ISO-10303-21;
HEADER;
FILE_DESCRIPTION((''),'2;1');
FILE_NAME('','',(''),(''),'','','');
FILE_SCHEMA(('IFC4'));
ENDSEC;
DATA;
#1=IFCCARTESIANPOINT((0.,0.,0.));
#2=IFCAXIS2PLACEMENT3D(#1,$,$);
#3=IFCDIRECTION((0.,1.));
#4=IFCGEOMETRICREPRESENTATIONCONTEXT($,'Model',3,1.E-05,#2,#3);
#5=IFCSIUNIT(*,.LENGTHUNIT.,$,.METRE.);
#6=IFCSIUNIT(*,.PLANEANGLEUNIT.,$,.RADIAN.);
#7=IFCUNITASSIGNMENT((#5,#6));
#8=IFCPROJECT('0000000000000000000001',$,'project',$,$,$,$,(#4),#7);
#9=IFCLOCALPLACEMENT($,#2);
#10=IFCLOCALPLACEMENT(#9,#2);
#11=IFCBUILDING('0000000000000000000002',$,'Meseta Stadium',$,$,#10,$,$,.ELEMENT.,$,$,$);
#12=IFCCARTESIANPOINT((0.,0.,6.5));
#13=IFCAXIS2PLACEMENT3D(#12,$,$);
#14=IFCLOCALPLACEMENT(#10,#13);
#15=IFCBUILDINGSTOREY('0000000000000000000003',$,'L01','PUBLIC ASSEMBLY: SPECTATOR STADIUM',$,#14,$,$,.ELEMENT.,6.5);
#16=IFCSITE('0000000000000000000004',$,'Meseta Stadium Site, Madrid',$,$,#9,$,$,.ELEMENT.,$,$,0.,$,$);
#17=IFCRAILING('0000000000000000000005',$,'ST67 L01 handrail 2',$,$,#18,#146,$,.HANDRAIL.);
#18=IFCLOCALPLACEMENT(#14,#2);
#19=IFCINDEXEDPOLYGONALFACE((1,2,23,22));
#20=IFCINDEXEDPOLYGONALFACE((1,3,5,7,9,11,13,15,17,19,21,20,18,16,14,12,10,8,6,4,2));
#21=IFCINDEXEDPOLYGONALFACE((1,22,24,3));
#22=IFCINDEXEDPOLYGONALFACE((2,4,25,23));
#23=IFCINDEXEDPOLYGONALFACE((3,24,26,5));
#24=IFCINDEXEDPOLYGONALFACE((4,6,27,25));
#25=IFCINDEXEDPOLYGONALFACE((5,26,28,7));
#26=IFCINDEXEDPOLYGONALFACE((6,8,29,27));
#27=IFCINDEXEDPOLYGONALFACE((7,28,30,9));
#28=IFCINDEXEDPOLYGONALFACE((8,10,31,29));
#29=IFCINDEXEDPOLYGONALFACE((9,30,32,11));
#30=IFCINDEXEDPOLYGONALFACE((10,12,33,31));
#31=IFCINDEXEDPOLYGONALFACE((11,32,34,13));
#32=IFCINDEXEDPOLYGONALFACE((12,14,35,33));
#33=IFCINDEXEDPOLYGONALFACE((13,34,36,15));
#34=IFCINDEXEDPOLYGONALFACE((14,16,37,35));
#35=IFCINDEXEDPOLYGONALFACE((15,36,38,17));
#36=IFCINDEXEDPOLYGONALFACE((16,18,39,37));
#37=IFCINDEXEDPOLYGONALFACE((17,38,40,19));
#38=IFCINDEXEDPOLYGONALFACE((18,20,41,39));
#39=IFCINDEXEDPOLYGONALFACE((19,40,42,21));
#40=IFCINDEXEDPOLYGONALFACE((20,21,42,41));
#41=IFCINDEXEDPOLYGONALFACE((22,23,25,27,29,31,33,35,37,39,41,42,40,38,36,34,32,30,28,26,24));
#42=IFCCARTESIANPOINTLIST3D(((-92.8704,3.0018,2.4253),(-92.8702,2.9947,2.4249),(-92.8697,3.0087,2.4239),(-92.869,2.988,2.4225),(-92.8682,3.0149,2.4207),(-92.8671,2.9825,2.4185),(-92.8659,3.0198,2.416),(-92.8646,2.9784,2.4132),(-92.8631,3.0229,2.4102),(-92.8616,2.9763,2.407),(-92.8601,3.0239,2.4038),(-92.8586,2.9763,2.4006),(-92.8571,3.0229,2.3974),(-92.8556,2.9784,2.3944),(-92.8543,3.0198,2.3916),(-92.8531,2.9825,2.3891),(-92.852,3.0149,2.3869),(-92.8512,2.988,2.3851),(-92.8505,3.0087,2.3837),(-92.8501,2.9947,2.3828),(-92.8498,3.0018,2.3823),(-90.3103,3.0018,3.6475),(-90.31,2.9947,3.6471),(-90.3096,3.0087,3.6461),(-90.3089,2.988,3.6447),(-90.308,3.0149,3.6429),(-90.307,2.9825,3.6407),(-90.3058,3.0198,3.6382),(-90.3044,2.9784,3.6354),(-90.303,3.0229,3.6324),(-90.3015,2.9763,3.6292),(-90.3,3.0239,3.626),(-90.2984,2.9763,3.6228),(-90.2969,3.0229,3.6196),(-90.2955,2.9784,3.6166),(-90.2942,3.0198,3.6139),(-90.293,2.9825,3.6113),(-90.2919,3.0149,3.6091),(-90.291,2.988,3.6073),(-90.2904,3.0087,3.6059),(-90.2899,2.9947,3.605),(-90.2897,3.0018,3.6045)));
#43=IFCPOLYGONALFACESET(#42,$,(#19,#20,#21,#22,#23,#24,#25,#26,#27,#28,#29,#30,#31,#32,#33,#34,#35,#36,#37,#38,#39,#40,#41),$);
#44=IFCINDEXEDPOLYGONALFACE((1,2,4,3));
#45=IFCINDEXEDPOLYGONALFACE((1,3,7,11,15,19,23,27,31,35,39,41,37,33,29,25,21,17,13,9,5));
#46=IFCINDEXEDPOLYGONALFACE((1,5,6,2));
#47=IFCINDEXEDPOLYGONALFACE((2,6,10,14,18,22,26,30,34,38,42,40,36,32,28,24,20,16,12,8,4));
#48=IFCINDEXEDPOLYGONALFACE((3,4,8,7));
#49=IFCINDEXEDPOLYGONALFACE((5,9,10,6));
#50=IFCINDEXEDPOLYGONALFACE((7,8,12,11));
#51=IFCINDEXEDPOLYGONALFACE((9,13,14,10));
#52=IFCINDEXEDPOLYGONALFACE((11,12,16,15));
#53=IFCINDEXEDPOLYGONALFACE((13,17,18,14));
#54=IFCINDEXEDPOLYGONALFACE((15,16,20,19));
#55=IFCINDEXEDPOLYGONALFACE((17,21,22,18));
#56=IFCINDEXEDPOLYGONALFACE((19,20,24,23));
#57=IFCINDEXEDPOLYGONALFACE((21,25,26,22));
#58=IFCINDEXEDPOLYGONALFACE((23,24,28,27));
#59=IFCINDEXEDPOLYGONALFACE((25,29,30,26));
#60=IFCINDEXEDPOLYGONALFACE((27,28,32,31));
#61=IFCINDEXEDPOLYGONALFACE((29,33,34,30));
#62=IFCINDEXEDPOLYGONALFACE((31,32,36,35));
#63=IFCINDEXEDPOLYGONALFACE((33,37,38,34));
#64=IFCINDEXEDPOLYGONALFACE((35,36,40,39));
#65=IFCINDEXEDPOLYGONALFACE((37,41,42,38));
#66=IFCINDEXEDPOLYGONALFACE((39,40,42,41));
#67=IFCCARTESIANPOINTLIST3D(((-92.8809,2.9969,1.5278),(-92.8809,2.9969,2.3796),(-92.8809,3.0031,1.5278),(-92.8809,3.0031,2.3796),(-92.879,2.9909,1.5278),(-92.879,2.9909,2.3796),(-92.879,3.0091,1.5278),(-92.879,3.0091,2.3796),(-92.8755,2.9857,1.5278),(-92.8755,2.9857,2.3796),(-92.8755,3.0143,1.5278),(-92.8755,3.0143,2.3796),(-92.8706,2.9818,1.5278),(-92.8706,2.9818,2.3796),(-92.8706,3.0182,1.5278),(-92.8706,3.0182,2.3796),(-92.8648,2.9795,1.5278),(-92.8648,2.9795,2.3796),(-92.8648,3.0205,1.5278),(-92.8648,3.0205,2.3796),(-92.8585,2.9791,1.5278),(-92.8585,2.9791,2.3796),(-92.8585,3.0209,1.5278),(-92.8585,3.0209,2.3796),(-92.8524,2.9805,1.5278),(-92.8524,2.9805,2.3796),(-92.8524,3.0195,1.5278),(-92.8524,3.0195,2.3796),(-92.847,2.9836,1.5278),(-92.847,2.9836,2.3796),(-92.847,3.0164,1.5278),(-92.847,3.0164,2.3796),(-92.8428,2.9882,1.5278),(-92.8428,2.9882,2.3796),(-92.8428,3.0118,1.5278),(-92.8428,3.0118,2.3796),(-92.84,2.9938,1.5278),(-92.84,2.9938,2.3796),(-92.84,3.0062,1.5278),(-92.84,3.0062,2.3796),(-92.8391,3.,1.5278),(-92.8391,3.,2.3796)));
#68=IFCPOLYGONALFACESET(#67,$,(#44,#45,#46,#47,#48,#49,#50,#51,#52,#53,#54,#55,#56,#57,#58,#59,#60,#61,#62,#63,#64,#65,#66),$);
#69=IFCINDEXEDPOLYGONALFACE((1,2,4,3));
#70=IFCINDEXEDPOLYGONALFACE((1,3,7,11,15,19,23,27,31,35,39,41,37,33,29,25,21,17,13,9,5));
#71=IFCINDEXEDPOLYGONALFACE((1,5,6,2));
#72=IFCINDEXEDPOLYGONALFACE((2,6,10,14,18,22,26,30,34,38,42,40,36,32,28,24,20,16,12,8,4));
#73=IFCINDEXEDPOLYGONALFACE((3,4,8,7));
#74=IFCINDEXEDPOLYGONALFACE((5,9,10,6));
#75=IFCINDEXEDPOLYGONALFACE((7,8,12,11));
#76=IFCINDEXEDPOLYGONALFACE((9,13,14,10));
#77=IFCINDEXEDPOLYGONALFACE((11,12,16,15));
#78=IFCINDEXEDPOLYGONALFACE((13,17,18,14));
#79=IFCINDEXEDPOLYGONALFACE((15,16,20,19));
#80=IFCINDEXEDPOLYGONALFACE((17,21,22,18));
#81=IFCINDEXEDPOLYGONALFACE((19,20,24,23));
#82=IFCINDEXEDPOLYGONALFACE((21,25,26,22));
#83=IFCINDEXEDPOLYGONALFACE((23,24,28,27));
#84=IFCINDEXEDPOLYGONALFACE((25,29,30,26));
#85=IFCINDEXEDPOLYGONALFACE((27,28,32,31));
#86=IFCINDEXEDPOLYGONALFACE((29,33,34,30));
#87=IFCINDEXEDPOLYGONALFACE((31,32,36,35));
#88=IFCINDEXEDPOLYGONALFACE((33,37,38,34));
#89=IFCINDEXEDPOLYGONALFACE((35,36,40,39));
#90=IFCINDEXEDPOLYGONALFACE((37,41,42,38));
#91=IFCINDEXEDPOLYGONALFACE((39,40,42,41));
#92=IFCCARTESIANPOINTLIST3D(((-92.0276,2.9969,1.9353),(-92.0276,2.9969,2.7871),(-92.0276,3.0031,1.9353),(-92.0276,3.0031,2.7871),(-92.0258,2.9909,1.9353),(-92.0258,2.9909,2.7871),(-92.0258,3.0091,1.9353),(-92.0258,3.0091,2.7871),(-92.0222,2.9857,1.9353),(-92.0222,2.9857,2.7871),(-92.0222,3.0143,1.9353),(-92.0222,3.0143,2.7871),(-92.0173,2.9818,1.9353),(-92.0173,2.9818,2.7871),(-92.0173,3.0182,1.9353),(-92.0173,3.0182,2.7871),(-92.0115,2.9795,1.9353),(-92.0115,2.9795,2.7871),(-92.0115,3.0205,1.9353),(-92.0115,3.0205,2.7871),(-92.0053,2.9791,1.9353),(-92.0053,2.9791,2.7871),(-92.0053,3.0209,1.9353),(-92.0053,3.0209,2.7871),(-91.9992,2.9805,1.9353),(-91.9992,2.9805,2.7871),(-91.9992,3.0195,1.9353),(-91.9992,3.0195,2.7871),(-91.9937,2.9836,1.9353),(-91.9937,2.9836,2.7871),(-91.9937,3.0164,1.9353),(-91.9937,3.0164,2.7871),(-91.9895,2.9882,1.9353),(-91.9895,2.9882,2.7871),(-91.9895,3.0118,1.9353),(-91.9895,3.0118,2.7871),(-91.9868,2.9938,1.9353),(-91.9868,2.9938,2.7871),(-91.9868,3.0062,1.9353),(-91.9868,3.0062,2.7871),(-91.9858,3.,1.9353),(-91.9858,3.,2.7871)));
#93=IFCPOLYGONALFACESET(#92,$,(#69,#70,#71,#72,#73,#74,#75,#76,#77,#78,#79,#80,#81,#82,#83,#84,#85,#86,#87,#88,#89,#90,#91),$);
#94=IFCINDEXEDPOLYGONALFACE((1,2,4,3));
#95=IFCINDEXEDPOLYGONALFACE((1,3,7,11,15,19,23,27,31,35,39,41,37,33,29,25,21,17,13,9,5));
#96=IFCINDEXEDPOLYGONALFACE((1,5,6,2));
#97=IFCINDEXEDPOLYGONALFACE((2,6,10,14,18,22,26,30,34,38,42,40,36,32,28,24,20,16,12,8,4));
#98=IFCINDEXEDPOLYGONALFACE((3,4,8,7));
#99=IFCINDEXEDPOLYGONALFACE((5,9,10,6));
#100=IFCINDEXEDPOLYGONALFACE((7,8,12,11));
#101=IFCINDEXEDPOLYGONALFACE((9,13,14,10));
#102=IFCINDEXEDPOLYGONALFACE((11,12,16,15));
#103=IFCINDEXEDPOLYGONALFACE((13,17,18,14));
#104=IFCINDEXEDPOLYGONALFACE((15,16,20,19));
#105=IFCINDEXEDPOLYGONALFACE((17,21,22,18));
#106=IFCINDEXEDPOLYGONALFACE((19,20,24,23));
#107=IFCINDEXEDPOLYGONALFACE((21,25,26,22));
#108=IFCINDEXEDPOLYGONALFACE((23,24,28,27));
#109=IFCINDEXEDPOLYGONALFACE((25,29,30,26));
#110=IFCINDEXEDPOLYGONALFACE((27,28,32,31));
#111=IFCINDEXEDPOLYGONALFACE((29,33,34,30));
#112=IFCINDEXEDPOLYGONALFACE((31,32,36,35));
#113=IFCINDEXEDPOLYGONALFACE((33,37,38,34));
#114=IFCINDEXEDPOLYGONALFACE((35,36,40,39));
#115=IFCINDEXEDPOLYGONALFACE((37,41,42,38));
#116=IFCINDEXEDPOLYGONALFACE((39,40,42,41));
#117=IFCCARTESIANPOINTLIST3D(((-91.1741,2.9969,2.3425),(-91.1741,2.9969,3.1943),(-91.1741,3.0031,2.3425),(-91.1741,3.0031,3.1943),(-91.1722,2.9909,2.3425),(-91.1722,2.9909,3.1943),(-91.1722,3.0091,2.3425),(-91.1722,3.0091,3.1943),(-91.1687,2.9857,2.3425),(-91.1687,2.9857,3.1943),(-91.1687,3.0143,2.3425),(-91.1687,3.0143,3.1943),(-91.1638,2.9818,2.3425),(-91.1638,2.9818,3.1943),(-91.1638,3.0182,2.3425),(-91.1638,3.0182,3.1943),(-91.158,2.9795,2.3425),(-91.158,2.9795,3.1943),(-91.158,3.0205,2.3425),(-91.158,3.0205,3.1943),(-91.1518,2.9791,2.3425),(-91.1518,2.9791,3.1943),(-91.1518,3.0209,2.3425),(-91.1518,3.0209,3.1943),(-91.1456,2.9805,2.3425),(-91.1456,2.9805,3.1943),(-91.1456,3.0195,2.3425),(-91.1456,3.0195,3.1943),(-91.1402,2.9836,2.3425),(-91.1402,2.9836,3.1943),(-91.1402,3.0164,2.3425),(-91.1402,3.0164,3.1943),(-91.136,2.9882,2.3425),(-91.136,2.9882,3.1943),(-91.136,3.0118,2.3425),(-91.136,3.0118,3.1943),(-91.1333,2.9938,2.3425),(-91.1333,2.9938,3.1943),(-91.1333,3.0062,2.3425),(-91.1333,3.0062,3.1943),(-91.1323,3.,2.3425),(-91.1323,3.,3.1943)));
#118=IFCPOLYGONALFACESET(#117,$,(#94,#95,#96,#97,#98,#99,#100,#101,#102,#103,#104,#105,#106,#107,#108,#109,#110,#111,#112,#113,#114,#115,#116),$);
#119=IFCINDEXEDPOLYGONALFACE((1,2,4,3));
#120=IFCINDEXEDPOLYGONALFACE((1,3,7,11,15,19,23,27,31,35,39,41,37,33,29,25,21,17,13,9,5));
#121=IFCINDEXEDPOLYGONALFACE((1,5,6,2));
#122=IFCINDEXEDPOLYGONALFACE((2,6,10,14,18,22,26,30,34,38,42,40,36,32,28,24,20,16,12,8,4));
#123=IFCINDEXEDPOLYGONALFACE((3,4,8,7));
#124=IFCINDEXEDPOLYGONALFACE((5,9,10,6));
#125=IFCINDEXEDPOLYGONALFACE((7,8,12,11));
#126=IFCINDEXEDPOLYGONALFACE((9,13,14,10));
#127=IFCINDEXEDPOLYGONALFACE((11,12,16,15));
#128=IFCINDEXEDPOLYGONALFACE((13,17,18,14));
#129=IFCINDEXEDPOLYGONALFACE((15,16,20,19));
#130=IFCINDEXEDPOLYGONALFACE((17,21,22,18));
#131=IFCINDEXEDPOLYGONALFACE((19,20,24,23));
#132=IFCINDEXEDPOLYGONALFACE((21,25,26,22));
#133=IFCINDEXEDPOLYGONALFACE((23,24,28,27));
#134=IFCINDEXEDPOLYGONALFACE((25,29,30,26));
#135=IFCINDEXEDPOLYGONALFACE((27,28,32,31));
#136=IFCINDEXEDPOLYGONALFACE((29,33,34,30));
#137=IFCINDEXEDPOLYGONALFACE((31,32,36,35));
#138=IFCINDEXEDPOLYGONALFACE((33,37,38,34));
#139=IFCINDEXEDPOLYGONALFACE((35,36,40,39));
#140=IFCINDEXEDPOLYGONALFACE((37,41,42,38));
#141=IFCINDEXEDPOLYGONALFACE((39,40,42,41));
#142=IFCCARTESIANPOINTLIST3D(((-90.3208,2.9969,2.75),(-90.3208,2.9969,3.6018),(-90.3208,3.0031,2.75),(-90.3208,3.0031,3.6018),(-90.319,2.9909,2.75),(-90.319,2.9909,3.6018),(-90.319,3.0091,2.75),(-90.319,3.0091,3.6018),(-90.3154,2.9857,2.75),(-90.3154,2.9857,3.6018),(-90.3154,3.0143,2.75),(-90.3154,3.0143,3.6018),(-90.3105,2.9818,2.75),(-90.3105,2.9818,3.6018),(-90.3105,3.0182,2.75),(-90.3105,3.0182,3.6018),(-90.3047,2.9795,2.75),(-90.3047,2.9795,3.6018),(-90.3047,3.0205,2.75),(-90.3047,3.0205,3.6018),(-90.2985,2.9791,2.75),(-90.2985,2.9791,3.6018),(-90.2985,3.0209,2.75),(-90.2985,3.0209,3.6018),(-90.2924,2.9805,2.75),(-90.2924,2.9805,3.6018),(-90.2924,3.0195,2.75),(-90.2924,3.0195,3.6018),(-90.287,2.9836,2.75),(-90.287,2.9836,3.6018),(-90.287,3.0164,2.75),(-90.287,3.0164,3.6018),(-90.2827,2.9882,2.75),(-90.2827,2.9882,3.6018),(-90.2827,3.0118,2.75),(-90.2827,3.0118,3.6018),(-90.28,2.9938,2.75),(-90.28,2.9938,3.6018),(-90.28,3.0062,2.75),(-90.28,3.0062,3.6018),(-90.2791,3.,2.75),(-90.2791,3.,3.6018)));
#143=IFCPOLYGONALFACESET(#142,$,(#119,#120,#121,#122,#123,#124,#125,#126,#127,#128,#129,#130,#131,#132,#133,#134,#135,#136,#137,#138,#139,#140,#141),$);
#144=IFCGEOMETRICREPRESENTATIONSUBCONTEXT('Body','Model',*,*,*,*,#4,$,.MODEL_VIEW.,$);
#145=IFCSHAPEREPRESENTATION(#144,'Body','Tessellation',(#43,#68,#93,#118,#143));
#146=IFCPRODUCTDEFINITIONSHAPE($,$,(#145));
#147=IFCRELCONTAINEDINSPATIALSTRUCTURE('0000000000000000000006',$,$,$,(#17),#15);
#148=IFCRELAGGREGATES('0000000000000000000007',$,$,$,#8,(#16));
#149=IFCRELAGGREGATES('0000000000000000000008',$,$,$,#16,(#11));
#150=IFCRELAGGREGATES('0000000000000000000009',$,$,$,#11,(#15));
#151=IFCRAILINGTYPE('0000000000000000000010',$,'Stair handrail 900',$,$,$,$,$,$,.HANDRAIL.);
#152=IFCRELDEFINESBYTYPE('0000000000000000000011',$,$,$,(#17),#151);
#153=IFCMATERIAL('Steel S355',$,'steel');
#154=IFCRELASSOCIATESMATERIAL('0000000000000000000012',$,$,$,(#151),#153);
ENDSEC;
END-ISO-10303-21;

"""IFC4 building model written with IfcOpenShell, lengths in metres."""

from ifc_helpers import new_model, si_unit, direction, frame, origin, origin_2d, place, context, subcontext, project, spatial, circle, extrude, material, type_object, element, save


model = new_model("IFC4")

# Units and contexts
model_context = context("Model", 3, precision=1e-05, world=origin(), true_north=direction((0.0, 1.0)))
body_context = subcontext(model_context, "Body", "Model", "MODEL_VIEW")
ifc_project = project(units=[si_unit("LENGTHUNIT", "METRE"), si_unit("PLANEANGLEUNIT", "RADIAN")], contexts=[model_context])

# Site, building, storey
site_placement = place(None, origin())
site = spatial("IfcSite", under=ifc_project, at=site_placement, Name="Meseta Stadium Site, Madrid", CompositionType="ELEMENT", RefElevation=0.0)
building_placement = place(site_placement, origin())
building = spatial("IfcBuilding", under=site, at=building_placement, Name="Meseta Stadium", CompositionType="ELEMENT")
storey_placement = place(building_placement, frame((0.0, 0.0, 6.5)))
storey = spatial("IfcBuildingStorey", under=building, at=storey_placement, Name="L01", Description="PUBLIC ASSEMBLY: SPECTATOR STADIUM", CompositionType="ELEMENT", Elevation=6.5)

# Railing
ifc_material_1 = material(Name="Steel S355", Category="steel")
railing_type_1 = type_object("IfcRailingType", Name="Stair handrail 900", PredefinedType="HANDRAIL", material=ifc_material_1)
for number, where, name in (
    (1, (-92.8601, 3.0, 1.5278), "ST67 L01 handrail 2"),
):
    element("IfcRailing", number, at=place(storey_placement, frame(where)), inside=storey, type_object=railing_type_1, Name=name, PredefinedType="HANDRAIL", context=body_context, shape_type="SweptSolid", body=[
        extrude(circle(Radius=0.0239, at=origin_2d()), frame((0.0, 0.0, 0.876), z_axis=(0.902437, 0.0, 0.430822), x_axis=(0.0, 1.0, 0.0)), (0.0, 0.0, 1.0), 2.8369),
        extrude(circle(Radius=0.021, at=origin_2d()), origin(), (0.0, 0.0, 1.0), 0.8518),
        extrude(circle(Radius=0.021, at=origin_2d()), frame((0.8533, 0.0, 0.4075)), (0.0, 0.0, 1.0), 0.8518),
        extrude(circle(Radius=0.021, at=origin_2d()), frame((1.7068, 0.0, 0.8147)), (0.0, 0.0, 1.0), 0.8518),
        extrude(circle(Radius=0.021, at=origin_2d()), frame((2.5601, 0.0, 1.2222)), (0.0, 0.0, 1.0), 0.8518),
    ])

save(model, "model.ifc")
